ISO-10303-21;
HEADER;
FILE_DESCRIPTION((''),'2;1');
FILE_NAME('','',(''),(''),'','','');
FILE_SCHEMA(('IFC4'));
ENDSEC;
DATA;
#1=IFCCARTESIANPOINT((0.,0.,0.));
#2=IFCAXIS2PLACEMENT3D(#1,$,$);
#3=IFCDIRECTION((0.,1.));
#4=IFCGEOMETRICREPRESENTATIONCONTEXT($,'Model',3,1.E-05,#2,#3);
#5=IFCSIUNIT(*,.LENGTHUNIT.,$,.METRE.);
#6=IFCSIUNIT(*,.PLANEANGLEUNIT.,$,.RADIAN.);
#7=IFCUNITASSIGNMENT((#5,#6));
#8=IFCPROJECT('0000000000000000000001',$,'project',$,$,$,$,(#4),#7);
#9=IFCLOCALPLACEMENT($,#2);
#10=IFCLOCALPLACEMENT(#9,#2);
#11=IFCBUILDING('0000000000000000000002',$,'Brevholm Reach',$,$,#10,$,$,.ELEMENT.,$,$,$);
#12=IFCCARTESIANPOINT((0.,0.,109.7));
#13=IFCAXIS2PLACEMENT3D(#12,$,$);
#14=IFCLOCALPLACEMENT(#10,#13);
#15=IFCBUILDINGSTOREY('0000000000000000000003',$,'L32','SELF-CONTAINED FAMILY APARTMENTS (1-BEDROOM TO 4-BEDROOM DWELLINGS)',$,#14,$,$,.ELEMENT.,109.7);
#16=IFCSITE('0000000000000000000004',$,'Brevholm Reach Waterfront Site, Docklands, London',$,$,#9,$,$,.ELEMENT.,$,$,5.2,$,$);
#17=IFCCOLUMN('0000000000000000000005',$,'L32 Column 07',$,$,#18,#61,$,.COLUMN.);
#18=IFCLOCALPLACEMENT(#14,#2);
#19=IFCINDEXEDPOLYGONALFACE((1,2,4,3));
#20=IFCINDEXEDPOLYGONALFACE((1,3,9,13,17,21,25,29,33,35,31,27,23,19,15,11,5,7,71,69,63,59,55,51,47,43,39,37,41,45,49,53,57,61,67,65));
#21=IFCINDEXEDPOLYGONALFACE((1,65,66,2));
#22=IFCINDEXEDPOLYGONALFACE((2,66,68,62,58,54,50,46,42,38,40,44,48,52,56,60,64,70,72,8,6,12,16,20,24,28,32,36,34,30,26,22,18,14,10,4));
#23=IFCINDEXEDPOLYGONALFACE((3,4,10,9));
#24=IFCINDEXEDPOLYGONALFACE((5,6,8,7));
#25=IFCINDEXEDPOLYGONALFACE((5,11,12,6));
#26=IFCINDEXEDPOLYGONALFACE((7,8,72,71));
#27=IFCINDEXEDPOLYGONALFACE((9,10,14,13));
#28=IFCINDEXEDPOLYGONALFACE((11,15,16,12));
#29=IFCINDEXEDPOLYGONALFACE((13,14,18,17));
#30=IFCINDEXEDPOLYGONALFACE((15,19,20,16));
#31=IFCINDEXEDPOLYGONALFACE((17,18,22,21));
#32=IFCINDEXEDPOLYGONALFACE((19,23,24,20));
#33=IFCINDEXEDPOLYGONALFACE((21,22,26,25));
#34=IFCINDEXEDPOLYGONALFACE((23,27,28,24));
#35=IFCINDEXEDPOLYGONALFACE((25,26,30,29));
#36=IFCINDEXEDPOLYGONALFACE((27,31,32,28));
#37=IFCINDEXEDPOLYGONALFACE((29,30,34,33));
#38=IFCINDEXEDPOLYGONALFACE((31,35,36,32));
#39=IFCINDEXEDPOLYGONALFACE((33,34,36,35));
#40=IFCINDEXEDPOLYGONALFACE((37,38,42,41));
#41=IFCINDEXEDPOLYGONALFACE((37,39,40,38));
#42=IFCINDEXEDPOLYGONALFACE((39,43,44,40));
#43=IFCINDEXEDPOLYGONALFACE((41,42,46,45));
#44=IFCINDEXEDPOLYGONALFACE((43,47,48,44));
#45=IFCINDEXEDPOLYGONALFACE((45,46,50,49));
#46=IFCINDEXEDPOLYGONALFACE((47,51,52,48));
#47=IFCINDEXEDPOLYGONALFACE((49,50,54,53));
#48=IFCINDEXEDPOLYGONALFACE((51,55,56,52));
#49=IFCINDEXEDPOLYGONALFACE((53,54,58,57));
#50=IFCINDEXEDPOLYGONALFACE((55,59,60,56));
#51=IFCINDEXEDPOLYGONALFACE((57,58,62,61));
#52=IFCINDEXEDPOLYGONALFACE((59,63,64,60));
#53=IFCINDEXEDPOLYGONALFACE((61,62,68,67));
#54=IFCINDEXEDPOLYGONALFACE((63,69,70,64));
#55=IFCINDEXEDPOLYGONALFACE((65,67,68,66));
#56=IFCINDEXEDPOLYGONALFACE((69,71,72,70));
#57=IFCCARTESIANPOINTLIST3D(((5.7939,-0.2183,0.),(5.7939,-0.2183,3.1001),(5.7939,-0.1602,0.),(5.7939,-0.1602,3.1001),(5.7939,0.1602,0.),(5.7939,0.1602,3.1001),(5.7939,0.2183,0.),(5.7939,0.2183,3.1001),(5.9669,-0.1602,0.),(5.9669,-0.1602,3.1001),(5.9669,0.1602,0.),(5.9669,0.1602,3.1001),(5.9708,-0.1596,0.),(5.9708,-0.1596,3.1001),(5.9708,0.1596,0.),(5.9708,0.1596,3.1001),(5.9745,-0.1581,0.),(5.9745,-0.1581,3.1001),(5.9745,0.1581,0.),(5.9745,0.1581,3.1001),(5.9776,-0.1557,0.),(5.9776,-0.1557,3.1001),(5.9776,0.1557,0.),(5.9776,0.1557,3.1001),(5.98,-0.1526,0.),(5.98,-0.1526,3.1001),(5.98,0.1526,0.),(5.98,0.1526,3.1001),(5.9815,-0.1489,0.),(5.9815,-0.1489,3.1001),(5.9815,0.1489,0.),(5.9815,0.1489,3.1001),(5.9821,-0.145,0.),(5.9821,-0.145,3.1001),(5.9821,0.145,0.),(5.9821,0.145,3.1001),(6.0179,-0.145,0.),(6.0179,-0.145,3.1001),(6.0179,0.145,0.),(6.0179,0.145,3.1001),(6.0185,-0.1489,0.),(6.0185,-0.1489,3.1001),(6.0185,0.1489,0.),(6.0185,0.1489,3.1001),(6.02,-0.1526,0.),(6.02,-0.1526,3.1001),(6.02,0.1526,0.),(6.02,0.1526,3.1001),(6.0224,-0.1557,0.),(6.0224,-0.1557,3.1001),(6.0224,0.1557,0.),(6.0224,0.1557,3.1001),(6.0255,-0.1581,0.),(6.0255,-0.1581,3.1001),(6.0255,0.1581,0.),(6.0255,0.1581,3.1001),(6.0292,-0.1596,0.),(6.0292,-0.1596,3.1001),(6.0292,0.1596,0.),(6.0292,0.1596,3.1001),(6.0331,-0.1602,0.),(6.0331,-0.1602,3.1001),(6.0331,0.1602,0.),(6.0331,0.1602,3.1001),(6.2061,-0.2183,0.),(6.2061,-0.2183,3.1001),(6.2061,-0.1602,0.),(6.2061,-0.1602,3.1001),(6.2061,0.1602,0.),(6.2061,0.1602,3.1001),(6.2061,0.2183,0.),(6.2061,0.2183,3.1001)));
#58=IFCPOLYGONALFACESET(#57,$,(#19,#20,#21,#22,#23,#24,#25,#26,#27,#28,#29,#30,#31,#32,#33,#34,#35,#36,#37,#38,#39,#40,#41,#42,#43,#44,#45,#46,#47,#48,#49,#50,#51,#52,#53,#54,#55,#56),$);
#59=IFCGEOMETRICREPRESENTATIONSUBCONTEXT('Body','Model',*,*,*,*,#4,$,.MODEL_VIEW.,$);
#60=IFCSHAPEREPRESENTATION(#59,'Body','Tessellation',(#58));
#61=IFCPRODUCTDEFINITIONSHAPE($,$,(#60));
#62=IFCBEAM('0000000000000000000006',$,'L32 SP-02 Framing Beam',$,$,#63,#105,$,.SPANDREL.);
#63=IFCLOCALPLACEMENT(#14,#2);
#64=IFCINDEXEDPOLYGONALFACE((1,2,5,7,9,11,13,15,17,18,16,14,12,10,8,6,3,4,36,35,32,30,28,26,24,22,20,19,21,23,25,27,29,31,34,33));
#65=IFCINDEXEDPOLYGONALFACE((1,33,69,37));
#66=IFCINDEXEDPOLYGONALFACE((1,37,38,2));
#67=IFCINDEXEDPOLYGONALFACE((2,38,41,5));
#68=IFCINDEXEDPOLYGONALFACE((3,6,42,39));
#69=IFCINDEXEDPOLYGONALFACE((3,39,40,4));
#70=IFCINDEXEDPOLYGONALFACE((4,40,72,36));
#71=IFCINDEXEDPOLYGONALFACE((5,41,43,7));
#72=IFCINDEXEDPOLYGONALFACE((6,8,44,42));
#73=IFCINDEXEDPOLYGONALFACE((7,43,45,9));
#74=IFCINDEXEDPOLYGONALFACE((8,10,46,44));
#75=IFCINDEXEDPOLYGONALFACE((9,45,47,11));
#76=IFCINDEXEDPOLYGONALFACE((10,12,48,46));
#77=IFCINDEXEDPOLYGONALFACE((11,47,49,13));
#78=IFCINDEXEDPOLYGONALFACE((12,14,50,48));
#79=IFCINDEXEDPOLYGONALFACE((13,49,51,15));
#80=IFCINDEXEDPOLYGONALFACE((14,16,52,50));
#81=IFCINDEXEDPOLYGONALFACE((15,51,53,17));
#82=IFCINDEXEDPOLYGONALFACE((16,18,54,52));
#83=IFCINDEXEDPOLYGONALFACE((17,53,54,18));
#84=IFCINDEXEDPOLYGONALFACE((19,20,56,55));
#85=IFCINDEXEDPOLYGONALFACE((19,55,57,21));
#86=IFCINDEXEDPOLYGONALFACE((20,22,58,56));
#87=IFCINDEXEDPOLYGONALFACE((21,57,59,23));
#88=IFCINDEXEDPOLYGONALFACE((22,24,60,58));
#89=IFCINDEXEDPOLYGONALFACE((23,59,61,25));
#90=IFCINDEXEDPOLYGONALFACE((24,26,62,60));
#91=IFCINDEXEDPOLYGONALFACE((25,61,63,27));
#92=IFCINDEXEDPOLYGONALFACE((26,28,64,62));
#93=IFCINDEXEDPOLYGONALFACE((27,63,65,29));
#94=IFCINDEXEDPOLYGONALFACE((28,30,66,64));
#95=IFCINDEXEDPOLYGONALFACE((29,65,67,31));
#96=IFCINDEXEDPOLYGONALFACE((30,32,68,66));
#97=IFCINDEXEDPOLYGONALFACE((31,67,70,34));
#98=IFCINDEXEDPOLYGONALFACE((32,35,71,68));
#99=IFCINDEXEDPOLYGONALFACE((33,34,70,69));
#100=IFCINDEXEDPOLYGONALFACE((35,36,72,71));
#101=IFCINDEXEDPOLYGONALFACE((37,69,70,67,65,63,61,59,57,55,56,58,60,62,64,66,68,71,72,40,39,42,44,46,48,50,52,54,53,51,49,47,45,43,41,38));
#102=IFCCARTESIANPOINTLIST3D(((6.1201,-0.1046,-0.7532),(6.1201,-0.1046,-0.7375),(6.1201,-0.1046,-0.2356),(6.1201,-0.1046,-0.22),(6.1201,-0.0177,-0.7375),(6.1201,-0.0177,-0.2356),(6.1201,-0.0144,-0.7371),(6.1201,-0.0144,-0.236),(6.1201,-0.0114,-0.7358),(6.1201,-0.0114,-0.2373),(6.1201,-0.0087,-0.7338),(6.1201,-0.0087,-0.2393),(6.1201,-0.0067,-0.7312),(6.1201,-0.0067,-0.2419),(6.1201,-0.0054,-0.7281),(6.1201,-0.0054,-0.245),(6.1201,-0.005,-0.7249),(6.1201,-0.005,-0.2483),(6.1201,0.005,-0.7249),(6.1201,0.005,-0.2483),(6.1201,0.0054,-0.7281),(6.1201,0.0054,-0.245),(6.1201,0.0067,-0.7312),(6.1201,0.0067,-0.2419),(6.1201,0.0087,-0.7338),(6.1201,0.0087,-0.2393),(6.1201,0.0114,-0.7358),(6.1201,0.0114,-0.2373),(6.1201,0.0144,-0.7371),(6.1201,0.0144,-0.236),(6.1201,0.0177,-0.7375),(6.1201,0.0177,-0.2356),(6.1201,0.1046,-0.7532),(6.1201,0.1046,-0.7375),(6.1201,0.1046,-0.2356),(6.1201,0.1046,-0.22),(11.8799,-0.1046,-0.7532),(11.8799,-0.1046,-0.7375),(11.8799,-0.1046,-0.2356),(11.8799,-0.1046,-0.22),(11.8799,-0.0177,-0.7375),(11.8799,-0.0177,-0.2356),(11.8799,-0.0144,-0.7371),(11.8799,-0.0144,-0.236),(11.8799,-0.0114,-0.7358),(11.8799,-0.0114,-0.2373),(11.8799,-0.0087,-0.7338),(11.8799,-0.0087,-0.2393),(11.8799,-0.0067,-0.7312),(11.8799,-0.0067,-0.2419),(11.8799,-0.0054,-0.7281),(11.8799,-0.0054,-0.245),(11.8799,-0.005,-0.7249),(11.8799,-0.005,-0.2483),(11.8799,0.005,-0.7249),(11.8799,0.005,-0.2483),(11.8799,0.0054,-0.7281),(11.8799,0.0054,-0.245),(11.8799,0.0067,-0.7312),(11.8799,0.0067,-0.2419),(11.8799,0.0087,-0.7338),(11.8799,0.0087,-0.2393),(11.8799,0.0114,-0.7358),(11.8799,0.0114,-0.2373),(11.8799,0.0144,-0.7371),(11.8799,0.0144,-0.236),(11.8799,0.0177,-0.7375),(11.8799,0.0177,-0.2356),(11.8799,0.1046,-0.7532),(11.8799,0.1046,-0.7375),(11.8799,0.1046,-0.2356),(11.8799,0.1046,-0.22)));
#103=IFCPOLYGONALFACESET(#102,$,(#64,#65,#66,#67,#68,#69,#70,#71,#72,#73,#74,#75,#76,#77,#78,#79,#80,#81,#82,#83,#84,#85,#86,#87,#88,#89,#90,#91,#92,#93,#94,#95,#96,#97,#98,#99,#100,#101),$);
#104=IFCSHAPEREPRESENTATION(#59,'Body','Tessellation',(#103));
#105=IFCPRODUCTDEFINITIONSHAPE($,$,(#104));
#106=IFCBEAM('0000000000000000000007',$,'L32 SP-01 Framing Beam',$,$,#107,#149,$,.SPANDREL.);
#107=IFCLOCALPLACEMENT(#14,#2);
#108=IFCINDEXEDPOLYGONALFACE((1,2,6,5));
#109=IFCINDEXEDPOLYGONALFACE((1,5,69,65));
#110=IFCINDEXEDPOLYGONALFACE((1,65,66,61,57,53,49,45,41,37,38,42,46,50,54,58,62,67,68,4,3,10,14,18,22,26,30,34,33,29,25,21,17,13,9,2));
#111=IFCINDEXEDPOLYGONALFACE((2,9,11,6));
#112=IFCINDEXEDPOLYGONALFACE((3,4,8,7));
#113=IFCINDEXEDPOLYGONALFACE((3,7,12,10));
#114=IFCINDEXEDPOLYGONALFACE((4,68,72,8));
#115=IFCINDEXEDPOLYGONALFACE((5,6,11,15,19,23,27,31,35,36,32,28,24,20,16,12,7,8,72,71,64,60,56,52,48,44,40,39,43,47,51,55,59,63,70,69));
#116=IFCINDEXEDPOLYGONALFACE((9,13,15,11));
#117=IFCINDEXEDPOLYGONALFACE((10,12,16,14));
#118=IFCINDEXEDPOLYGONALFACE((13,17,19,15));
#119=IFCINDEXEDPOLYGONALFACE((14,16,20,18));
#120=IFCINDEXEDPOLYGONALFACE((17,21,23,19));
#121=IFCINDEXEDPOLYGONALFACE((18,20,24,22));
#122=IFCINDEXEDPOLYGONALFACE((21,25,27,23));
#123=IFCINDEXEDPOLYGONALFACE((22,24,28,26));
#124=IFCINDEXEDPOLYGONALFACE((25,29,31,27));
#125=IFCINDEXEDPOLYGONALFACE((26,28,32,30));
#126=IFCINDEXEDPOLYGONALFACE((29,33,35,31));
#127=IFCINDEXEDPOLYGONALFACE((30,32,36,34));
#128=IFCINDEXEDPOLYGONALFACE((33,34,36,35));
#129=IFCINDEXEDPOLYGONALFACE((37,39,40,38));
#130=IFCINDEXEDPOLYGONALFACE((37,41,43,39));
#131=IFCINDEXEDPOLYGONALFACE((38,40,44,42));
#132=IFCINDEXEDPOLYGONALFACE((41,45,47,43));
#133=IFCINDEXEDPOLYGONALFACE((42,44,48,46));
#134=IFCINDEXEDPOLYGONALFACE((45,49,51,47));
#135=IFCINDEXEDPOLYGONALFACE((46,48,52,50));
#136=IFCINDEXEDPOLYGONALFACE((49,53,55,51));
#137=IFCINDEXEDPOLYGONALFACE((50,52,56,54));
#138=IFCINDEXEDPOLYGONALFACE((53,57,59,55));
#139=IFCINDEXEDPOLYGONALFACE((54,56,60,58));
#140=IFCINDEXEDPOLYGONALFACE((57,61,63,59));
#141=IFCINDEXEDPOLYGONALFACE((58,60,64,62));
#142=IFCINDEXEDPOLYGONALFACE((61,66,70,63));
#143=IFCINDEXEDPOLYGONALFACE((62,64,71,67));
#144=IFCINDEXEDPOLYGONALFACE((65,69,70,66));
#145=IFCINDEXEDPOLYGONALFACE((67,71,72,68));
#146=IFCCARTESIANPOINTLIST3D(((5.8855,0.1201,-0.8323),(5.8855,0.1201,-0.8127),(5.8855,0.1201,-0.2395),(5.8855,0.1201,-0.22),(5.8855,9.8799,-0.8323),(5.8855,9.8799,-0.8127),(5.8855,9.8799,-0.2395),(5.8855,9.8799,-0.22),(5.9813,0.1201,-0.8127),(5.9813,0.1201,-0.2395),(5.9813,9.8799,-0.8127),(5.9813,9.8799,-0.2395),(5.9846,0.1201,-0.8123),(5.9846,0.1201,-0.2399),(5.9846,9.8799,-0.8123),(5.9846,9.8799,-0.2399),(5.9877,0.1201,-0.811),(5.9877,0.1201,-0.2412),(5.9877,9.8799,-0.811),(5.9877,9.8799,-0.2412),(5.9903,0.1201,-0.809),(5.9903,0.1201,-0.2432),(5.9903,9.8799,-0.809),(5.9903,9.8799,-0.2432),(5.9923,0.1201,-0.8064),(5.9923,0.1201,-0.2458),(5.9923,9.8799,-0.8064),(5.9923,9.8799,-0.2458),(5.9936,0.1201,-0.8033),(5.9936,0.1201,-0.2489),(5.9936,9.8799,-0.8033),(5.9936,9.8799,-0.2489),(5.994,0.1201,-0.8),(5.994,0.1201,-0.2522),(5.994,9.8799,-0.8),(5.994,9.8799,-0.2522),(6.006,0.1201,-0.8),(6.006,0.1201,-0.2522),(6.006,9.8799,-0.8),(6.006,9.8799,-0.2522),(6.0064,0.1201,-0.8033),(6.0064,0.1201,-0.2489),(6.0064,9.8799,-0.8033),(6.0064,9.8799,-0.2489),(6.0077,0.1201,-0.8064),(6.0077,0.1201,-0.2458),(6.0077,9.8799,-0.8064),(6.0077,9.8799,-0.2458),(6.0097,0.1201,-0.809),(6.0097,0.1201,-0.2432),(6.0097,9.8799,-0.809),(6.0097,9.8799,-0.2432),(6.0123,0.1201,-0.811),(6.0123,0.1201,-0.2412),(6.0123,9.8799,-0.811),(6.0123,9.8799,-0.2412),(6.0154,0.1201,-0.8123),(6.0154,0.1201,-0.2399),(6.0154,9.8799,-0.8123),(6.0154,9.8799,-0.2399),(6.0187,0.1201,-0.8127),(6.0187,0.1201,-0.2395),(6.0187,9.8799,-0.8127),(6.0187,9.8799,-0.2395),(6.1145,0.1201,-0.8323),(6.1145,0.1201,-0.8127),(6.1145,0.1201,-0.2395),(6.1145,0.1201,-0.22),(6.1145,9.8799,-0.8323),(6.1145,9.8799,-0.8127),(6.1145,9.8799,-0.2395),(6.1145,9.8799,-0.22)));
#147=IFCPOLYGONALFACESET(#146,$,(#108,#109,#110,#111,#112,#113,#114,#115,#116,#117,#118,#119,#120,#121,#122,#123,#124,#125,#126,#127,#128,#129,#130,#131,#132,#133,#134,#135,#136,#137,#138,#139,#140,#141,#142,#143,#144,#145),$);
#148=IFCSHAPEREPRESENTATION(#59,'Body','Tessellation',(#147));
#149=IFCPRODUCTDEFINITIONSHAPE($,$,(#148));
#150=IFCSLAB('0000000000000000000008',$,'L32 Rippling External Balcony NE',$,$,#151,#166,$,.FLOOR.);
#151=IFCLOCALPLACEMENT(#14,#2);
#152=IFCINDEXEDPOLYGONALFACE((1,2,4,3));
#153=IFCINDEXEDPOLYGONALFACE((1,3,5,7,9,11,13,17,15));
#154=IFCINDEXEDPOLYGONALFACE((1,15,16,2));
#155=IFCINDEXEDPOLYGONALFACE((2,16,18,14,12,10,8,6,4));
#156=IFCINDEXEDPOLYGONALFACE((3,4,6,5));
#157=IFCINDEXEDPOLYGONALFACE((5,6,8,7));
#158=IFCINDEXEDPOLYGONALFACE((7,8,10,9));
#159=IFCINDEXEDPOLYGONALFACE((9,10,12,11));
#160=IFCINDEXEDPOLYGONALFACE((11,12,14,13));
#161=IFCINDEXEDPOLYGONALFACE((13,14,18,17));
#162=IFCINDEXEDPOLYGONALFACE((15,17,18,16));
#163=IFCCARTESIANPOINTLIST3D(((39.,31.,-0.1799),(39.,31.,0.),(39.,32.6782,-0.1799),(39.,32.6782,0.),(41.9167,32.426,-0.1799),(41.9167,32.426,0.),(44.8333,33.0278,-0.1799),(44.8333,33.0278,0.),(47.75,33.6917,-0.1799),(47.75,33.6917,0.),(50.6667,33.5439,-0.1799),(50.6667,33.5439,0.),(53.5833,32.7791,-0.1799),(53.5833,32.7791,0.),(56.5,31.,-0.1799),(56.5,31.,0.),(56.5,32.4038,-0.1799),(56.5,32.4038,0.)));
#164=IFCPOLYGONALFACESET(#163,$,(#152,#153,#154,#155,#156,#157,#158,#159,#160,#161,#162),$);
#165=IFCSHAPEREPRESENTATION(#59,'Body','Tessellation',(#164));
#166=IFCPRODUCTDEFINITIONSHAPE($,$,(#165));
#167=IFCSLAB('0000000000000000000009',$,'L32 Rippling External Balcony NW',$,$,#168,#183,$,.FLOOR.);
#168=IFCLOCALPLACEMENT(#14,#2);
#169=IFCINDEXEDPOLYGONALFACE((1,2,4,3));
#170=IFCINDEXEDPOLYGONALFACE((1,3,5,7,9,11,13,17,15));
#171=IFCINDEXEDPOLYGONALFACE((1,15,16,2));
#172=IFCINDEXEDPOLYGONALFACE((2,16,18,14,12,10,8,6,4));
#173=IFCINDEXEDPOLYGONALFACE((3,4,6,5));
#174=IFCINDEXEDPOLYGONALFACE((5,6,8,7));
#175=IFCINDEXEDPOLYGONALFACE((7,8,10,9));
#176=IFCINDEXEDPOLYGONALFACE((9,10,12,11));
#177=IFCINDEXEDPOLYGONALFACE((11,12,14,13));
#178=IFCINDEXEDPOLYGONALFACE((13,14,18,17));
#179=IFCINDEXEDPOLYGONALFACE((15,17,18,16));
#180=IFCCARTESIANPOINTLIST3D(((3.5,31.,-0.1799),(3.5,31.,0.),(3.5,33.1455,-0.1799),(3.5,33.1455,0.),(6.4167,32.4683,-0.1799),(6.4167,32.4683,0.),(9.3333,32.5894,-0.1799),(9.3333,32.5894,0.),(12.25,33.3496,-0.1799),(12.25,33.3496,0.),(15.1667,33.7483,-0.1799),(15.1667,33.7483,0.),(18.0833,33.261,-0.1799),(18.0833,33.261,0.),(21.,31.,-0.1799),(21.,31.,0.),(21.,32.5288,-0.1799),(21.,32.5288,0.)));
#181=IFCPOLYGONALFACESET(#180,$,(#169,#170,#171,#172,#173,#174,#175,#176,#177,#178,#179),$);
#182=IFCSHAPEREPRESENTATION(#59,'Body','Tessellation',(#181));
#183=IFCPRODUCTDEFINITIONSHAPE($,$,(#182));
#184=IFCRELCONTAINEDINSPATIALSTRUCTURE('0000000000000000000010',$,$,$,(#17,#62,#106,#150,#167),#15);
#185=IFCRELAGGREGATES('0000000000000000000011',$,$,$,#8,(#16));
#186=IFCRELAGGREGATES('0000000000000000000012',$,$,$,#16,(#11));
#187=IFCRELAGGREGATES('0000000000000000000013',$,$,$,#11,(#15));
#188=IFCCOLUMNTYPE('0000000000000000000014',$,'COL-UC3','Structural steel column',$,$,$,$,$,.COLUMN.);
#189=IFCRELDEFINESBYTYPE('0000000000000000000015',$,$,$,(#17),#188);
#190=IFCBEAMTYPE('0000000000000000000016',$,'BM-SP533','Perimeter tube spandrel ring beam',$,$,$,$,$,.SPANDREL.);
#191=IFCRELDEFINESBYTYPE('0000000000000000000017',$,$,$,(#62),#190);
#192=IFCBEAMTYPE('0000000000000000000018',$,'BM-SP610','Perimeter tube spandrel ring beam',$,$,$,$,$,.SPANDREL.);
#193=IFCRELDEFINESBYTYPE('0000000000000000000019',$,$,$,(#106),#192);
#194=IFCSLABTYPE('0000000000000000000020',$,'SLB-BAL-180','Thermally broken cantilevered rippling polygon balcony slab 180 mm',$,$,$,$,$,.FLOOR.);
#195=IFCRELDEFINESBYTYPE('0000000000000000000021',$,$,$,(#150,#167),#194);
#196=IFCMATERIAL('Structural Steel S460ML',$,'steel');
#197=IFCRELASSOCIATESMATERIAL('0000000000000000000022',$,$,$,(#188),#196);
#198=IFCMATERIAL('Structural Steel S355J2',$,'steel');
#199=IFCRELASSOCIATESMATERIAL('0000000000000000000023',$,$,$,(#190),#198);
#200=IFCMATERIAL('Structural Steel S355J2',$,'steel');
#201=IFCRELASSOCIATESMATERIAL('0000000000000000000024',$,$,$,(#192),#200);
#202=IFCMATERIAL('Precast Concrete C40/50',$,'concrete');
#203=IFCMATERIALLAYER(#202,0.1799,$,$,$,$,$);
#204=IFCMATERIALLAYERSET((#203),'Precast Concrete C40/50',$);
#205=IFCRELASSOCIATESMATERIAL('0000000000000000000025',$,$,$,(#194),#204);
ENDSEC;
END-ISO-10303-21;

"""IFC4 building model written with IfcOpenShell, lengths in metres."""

from ifc_helpers import new_model, si_unit, direction, frame, origin, origin_2d, place, context, subcontext, project, spatial, polyline, i_section, outline, extrude, material, layer, layer_set, material_profile, profile_set, type_object, element, save


model = new_model("IFC4")

# Units and contexts
model_context = context("Model", 3, precision=1e-05, world=origin(), true_north=direction((0.0, 1.0)))
body_context = subcontext(model_context, "Body", "Model", "MODEL_VIEW")
ifc_project = project(units=[si_unit("LENGTHUNIT", "METRE"), si_unit("PLANEANGLEUNIT", "RADIAN")], contexts=[model_context])

# Site, building, storey
site_placement = place(None, origin())
site = spatial("IfcSite", under=ifc_project, at=site_placement, Name="Brevholm Reach Waterfront Site, Docklands, London", CompositionType="ELEMENT", RefElevation=5.2)
building_placement = place(site_placement, origin())
building = spatial("IfcBuilding", under=site, at=building_placement, Name="Brevholm Reach", CompositionType="ELEMENT")
storey_placement = place(building_placement, frame((0.0, 0.0, 109.7)))
storey = spatial("IfcBuildingStorey", under=building, at=storey_placement, Name="L32", Description="SELF-CONTAINED FAMILY APARTMENTS (1-BEDROOM TO 4-BEDROOM DWELLINGS)", CompositionType="ELEMENT", Elevation=109.7)

# Column
ifc_material_1 = material(Name="Structural Steel S460ML", Category="steel")
ifc_material_profile_1 = material_profile(ifc_material_1, i_section(OverallWidth=0.4121, OverallDepth=0.4365, WebThickness=0.0359, FlangeThickness=0.0581, FilletRadius=0.0151, at=origin_2d()), Name="UKC 356x406x467")
ifc_profile_set_1 = profile_set([ifc_material_profile_1], Name="Structural Steel S460ML")
column_type = type_object("IfcColumnType", Name="COL-UC3", Description="Structural steel column", PredefinedType="COLUMN", material=ifc_profile_set_1)
column_placement = place(storey_placement, frame((6.0, 0.0, 0.0), z_axis=(0.0, 0.0, 1.0), x_axis=(1.0, 0.0, 0.0)))
element("IfcColumn", 1, at=column_placement, inside=storey, type_object=column_type, Name="L32 Column 07", PredefinedType="COLUMN", context=body_context, shape_type="SweptSolid", body=[
    extrude(i_section(OverallWidth=0.4121, OverallDepth=0.4365, WebThickness=0.0359, FlangeThickness=0.0581, FilletRadius=0.0151, at=origin_2d()), origin(), (0.0, 0.0, 1.0), 3.1001),
])

# Beams
ifc_material_2 = material(Name="Structural Steel S355J2", Category="steel")
ifc_material_profile_2 = material_profile(ifc_material_2, i_section(OverallWidth=0.2092, OverallDepth=0.5332, WebThickness=0.01, FlangeThickness=0.0156, FilletRadius=0.0127, at=origin_2d()), Name="UKB 533x210x92")
ifc_profile_set_2 = profile_set([ifc_material_profile_2], Name="Structural Steel S355J2")
beam_type_1 = type_object("IfcBeamType", Name="BM-SP533", Description="Perimeter tube spandrel ring beam", PredefinedType="SPANDREL", material=ifc_profile_set_2)
beam_1_placement = place(storey_placement, frame((6.1201, 0.0, -0.4866), z_axis=(1.0, 0.0, 0.0), x_axis=(0.0, 1.0, 0.0)))
element("IfcBeam", 2, at=beam_1_placement, inside=storey, type_object=beam_type_1, Name="L32 SP-02 Framing Beam", PredefinedType="SPANDREL", context=body_context, shape_type="SweptSolid", body=[
    extrude(i_section(OverallWidth=0.2092, OverallDepth=0.5332, WebThickness=0.01, FlangeThickness=0.0156, FilletRadius=0.0127, at=origin_2d()), origin(), (0.0, 0.0, 1.0), 5.7598),
])
ifc_material_3 = material(Name="Structural Steel S355J2", Category="steel")
ifc_material_profile_3 = material_profile(ifc_material_3, i_section(OverallWidth=0.229, OverallDepth=0.6123, WebThickness=0.012, FlangeThickness=0.0195, FilletRadius=0.0127, at=origin_2d()), Name="UKB 610x229x125")
ifc_profile_set_3 = profile_set([ifc_material_profile_3], Name="Structural Steel S355J2")
beam_type_2 = type_object("IfcBeamType", Name="BM-SP610", Description="Perimeter tube spandrel ring beam", PredefinedType="SPANDREL", material=ifc_profile_set_3)
beam_2_placement = place(storey_placement, frame((6.0, 0.1201, -0.5261), z_axis=(0.0, 1.0, 0.0), x_axis=(-1.0, 0.0, 0.0)))
element("IfcBeam", 3, at=beam_2_placement, inside=storey, type_object=beam_type_2, Name="L32 SP-01 Framing Beam", PredefinedType="SPANDREL", context=body_context, shape_type="SweptSolid", body=[
    extrude(i_section(OverallWidth=0.229, OverallDepth=0.6123, WebThickness=0.012, FlangeThickness=0.0195, FilletRadius=0.0127, at=origin_2d()), origin(), (0.0, 0.0, 1.0), 9.7598),
])

# Slabs
ifc_material_4 = material(Name="Precast Concrete C40/50", Category="concrete")
ifc_layer_1 = layer(ifc_material_4, 0.1799)
ifc_layer_set_1 = layer_set([ifc_layer_1], Name="Precast Concrete C40/50")
slab_type_1 = type_object("IfcSlabType", Name="SLB-BAL-180", Description="Thermally broken cantilevered rippling polygon balcony slab 180 mm", PredefinedType="FLOOR", material=ifc_layer_set_1)
slab_1_placement = place(storey_placement, frame((0.0, 0.0, -0.1799)))
element("IfcSlab", 4, at=slab_1_placement, inside=storey, type_object=slab_type_1, Name="L32 Rippling External Balcony NE", PredefinedType="FLOOR", context=body_context, shape_type="SweptSolid", body=[
    extrude(outline(polyline([(39.0, 31.0), (56.5, 31.0), (56.5, 32.4038), (53.5833, 32.7791), (50.6667, 33.5439), (47.75, 33.6917), (44.8333, 33.0278), (41.9167, 32.426), (39.0, 32.6782), (39.0, 31.0)])), origin(), (0.0, 0.0, 1.0), 0.1799),
])
slab_2_placement = place(storey_placement, frame((0.0, 0.0, -0.1799)))
element("IfcSlab", 5, at=slab_2_placement, inside=storey, type_object=slab_type_1, Name="L32 Rippling External Balcony NW", PredefinedType="FLOOR", context=body_context, shape_type="SweptSolid", body=[
    extrude(outline(polyline([(3.5, 31.0), (21.0, 31.0), (21.0, 32.5288), (18.0833, 33.261), (15.1667, 33.7483), (12.25, 33.3496), (9.3333, 32.5894), (6.4167, 32.4683), (3.5, 33.1455), (3.5, 31.0)])), origin(), (0.0, 0.0, 1.0), 0.1799),
])

save(model, "model.ifc")
